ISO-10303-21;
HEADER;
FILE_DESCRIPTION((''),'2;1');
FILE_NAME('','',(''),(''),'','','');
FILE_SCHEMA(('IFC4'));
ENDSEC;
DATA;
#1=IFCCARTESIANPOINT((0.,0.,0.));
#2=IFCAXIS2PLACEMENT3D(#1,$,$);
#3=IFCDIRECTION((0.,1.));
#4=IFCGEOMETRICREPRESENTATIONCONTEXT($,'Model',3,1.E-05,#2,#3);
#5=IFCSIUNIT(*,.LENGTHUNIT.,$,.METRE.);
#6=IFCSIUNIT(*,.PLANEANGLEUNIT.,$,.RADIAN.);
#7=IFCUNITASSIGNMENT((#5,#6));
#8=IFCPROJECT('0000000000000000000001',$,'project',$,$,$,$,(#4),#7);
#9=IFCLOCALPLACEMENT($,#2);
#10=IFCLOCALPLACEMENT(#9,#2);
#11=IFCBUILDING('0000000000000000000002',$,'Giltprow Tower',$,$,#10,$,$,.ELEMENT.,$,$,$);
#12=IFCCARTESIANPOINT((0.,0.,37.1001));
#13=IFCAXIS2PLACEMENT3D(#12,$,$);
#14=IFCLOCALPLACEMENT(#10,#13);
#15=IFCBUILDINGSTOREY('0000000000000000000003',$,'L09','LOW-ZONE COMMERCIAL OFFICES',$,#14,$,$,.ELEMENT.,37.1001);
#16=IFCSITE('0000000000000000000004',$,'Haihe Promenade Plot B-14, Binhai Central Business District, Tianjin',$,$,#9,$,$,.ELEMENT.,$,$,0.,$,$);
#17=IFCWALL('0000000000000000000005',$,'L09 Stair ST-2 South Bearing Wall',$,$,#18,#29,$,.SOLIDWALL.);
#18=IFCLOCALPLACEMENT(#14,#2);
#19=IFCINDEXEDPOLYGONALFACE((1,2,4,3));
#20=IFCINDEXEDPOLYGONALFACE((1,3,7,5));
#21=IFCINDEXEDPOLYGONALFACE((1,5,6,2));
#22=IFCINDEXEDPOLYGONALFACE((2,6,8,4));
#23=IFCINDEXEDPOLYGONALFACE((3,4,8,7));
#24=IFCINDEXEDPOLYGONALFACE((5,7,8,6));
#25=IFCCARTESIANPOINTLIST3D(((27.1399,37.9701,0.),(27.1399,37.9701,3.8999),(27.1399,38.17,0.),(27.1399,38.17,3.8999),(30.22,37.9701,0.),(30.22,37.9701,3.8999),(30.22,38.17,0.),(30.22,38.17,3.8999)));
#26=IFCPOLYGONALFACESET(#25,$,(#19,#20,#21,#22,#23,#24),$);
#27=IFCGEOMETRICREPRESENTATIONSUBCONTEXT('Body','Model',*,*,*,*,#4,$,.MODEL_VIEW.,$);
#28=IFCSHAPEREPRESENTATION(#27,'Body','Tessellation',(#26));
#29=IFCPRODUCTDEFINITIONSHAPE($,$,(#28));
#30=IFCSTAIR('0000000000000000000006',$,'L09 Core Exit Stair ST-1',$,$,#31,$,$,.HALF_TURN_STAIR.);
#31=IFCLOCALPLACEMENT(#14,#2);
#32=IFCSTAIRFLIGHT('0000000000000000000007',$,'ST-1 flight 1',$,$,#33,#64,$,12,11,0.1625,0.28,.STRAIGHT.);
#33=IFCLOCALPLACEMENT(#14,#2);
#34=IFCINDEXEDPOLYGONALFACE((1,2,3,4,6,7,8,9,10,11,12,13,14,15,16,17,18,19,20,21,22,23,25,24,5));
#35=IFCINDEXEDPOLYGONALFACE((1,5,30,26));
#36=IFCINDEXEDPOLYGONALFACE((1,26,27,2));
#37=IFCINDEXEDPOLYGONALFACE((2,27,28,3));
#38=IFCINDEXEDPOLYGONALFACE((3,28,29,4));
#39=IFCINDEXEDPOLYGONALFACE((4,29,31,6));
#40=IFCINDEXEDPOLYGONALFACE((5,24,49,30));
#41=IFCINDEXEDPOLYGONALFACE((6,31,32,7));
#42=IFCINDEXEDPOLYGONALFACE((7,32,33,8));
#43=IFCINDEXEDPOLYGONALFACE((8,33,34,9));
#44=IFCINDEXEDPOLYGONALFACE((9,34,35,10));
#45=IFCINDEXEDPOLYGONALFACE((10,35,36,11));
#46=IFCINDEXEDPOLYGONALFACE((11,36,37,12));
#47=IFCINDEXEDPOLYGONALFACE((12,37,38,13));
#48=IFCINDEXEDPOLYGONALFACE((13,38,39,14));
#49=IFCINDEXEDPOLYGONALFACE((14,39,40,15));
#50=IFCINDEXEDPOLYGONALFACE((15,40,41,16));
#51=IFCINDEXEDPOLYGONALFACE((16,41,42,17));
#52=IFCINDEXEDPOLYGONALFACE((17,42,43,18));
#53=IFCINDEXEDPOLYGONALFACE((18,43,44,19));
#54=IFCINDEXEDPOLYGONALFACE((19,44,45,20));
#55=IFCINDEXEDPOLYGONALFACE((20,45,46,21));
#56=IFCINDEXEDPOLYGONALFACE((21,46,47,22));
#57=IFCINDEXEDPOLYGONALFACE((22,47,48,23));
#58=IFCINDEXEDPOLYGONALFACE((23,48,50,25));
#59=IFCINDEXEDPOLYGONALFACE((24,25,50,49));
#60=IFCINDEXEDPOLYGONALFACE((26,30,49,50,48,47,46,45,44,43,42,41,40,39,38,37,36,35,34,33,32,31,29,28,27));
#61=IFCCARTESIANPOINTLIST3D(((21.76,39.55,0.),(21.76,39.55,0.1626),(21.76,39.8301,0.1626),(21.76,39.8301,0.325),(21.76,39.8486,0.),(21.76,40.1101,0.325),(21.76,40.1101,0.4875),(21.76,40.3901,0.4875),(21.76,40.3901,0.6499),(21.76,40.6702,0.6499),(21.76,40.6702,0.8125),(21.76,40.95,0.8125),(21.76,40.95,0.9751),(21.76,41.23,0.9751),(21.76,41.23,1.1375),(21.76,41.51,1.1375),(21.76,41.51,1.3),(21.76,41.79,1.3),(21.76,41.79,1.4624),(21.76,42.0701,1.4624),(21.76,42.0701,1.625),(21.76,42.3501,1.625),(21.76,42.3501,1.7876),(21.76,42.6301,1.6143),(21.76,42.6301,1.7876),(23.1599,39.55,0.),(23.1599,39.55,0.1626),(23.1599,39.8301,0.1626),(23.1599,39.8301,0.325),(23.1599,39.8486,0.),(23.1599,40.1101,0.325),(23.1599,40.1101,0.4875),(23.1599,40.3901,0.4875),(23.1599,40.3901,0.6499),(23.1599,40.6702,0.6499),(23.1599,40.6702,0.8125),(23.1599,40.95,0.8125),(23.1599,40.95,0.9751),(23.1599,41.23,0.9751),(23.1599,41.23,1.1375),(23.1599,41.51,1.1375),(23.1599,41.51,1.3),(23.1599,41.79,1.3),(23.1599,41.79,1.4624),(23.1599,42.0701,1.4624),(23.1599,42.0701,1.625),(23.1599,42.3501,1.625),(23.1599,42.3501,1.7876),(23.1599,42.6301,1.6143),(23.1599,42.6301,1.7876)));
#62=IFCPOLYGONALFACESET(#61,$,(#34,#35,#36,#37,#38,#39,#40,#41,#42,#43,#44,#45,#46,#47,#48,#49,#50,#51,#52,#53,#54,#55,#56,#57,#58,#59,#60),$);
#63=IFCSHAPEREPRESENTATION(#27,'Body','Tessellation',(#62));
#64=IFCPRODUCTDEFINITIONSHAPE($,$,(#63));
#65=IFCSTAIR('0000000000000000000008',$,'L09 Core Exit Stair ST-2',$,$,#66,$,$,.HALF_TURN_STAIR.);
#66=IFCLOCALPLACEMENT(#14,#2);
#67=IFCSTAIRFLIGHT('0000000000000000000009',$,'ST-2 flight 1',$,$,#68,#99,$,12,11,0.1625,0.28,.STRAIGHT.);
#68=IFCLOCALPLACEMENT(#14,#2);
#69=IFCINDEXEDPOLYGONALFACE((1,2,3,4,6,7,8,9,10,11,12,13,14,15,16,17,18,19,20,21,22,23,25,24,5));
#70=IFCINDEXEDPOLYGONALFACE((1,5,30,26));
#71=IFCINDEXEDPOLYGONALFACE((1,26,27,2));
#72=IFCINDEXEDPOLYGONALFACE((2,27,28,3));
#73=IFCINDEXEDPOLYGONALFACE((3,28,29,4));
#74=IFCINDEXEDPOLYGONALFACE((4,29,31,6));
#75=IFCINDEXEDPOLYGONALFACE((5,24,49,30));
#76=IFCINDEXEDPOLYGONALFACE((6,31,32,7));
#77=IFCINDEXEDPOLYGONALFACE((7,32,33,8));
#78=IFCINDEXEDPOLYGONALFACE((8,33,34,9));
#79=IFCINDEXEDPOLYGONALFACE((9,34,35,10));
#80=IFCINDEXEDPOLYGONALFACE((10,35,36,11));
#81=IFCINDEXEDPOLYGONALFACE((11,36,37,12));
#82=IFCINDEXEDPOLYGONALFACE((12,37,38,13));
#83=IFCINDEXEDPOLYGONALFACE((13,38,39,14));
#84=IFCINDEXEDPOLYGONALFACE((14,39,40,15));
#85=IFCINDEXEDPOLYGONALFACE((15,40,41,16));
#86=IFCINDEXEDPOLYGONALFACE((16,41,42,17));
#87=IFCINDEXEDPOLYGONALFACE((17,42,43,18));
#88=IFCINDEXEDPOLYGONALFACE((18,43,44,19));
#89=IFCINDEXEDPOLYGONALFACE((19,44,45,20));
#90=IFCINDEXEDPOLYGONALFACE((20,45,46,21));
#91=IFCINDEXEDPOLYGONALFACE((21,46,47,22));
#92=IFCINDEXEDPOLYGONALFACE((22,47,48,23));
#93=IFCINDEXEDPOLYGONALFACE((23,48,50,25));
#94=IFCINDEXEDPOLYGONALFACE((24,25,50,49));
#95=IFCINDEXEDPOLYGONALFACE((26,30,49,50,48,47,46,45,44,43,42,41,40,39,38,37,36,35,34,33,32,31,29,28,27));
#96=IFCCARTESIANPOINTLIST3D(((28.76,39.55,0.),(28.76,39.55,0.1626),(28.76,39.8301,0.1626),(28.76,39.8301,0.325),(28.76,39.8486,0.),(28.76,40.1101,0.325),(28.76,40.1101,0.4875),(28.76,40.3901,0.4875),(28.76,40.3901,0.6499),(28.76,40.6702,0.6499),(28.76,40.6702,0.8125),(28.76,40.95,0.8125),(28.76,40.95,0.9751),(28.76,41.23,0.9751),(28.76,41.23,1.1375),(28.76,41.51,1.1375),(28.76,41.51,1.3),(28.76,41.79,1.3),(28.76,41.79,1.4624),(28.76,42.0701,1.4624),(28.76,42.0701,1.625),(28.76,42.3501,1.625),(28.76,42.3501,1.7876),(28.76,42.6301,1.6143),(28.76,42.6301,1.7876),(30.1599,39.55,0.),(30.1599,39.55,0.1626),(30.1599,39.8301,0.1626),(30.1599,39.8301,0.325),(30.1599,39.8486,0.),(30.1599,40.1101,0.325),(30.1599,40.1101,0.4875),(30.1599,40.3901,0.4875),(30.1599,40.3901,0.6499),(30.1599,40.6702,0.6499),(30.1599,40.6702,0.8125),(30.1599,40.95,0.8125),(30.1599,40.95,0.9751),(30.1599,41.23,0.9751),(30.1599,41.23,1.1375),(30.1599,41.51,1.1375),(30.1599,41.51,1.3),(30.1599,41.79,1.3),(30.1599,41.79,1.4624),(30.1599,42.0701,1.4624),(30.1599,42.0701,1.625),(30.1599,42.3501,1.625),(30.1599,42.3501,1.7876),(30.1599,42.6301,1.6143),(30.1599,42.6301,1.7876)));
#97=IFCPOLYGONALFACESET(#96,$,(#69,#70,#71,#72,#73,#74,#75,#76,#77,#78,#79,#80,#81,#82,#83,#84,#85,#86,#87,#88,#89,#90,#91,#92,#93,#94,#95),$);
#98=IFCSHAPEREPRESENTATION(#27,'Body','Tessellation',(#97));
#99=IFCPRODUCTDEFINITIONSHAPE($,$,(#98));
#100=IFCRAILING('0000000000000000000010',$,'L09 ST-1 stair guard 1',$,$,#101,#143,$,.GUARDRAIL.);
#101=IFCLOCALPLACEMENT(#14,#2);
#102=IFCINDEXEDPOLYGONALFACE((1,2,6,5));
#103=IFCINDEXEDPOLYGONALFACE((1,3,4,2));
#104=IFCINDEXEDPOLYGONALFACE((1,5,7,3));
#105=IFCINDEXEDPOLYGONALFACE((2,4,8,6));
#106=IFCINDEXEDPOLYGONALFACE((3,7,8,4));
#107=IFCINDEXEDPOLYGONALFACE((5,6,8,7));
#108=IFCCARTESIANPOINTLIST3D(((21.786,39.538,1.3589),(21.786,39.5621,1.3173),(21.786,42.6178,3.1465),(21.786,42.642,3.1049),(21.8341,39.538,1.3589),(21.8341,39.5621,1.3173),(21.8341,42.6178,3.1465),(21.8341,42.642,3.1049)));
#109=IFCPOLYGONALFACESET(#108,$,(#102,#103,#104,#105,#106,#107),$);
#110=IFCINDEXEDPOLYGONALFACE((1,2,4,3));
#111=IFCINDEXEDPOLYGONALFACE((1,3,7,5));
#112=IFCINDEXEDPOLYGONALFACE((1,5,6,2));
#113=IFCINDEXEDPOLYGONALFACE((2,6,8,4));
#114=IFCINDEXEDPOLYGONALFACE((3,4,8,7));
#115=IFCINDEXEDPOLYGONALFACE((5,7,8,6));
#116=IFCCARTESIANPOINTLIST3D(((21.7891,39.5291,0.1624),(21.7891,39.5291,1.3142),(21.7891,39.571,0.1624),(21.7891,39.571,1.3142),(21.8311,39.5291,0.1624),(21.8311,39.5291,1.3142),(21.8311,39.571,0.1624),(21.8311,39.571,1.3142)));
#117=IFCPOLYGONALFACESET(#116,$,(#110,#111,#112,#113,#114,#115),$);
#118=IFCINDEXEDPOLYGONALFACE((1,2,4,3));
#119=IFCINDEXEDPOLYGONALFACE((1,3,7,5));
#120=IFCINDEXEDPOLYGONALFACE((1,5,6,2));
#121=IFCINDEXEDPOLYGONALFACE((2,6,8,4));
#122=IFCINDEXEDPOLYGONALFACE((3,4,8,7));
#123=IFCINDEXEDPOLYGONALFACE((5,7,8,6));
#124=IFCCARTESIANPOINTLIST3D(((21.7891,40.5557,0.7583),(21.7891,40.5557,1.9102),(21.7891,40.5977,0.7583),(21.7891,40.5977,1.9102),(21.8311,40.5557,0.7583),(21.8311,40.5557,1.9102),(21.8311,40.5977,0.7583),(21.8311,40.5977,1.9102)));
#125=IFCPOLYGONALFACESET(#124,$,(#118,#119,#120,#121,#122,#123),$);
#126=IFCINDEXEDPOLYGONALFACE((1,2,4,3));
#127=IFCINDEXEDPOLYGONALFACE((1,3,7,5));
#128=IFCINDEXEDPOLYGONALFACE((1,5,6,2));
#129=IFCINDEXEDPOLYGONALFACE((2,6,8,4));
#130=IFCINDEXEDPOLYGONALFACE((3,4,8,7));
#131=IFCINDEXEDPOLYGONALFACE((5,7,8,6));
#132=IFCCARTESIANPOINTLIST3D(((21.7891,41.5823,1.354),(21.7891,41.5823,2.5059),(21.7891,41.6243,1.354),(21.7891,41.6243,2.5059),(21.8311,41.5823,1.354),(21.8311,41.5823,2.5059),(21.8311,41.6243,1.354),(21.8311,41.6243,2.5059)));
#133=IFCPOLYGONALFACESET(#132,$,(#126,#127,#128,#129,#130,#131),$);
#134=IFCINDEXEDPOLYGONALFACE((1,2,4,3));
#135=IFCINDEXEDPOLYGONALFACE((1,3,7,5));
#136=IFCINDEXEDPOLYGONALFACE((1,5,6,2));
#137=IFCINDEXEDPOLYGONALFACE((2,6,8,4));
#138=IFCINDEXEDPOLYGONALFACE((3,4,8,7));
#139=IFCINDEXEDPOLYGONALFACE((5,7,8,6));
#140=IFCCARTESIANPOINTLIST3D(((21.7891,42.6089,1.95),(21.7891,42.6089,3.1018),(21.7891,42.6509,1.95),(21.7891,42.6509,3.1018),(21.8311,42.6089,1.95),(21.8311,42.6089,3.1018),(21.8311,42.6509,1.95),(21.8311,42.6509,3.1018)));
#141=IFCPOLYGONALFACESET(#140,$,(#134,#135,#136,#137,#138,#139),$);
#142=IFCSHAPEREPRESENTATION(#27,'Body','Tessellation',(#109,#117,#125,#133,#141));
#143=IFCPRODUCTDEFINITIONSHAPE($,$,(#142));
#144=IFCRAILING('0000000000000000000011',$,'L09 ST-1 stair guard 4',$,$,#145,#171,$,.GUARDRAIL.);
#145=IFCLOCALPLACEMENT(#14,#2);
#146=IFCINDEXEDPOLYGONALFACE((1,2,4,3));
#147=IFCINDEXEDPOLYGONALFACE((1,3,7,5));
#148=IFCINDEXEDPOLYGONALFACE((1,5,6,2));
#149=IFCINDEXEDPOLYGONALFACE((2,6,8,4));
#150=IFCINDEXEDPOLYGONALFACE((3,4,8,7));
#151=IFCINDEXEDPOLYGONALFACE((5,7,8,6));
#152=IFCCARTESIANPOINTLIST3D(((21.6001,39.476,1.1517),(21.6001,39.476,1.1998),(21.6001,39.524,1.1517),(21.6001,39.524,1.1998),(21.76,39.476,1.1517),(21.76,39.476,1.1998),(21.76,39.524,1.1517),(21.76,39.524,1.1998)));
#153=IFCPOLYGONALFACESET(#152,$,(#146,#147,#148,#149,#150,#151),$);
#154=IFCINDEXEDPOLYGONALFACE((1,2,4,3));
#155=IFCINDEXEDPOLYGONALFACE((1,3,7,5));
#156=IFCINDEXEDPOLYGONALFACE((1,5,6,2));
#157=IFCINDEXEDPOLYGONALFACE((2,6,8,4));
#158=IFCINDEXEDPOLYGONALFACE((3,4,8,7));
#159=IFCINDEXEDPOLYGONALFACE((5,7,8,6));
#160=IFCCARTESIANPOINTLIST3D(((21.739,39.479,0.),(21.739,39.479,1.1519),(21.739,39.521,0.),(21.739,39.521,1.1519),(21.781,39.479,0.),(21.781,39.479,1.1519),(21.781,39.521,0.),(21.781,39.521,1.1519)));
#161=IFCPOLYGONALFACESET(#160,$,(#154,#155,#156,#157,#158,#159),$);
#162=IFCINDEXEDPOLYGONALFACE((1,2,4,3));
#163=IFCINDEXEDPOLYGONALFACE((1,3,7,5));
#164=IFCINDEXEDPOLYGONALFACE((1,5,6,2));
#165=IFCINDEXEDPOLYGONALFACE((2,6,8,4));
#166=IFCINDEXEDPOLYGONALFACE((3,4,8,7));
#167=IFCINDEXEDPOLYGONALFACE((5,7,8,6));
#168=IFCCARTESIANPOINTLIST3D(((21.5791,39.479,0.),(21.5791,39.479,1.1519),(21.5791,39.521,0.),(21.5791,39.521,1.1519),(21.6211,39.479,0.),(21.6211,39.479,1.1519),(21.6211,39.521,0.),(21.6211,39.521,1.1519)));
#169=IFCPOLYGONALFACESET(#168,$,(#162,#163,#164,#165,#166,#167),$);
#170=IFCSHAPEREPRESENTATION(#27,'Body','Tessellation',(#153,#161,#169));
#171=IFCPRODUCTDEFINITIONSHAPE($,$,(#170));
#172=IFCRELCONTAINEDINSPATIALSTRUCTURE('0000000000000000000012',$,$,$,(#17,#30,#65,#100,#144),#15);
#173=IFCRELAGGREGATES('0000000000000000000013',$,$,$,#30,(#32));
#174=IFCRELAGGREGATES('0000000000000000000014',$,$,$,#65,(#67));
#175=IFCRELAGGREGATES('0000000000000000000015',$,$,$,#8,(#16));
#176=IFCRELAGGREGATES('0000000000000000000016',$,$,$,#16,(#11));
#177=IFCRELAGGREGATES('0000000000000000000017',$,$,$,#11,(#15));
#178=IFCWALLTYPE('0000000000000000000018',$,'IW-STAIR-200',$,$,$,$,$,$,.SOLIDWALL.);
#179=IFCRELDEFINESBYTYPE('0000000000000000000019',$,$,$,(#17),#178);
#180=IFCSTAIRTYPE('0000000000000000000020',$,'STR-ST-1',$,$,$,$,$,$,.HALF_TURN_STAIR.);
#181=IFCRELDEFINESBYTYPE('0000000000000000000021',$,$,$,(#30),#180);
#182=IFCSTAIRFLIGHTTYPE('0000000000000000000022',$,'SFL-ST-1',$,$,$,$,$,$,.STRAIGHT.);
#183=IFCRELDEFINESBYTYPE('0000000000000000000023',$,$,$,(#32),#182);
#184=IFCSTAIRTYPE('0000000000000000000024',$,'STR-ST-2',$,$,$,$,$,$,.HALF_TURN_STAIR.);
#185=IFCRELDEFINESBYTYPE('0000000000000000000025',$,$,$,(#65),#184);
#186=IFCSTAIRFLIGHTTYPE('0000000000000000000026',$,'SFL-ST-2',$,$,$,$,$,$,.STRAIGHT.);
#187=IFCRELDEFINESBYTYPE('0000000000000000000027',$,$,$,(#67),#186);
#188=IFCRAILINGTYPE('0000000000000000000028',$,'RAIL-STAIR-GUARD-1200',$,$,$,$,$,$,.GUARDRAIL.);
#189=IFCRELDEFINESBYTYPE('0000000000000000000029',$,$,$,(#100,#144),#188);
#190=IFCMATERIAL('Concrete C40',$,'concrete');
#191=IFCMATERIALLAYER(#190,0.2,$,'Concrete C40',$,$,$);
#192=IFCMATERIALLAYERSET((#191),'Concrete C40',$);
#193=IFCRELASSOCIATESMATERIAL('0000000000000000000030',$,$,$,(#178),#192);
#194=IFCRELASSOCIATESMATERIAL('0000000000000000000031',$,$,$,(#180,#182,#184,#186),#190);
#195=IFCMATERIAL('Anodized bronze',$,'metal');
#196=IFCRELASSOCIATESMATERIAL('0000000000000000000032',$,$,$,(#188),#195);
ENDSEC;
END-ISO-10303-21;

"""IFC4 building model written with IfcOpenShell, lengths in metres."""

from ifc_helpers import new_model, si_unit, direction, frame, frame_2d, origin, origin_2d, place, context, subcontext, project, spatial, polyline, rectangle, outline, extrude, material, layer, layer_set, type_object, element, aggregate, save


model = new_model("IFC4")

# Units and contexts
model_context = context("Model", 3, precision=1e-05, world=origin(), true_north=direction((0.0, 1.0)))
body_context = subcontext(model_context, "Body", "Model", "MODEL_VIEW")
ifc_project = project(units=[si_unit("LENGTHUNIT", "METRE"), si_unit("PLANEANGLEUNIT", "RADIAN")], contexts=[model_context])

# Site, building, storey
site_placement = place(None, origin())
site = spatial("IfcSite", under=ifc_project, at=site_placement, Name="Haihe Promenade Plot B-14, Binhai Central Business District, Tianjin", CompositionType="ELEMENT", RefElevation=0.0)
building_placement = place(site_placement, origin())
building = spatial("IfcBuilding", under=site, at=building_placement, Name="Giltprow Tower", CompositionType="ELEMENT")
storey_placement = place(building_placement, frame((0.0, 0.0, 37.1001)))
storey = spatial("IfcBuildingStorey", under=building, at=storey_placement, Name="L09", Description="LOW-ZONE COMMERCIAL OFFICES", CompositionType="ELEMENT", Elevation=37.1001)

# Shared definitions
ifc_material_1 = material(Name="Concrete C40", Category="concrete")
ifc_layer_1 = layer(ifc_material_1, 0.2, Name="Concrete C40")
ifc_layer_set_1 = layer_set([ifc_layer_1], Name="Concrete C40")
wall_type_1 = type_object("IfcWallType", Name="IW-STAIR-200", PredefinedType="SOLIDWALL", material=ifc_layer_set_1)

# Wall
wall_1_placement = place(storey_placement, frame((27.1399, 38.0701, 0.0), z_axis=(0.0, 0.0, 1.0), x_axis=(1.0, 0.0, 0.0)))
element("IfcWall", 1, at=wall_1_placement, inside=storey, type_object=wall_type_1, Name="L09 Stair ST-2 South Bearing Wall", PredefinedType="SOLIDWALL", context=body_context, shape_type="SweptSolid", body=[
    extrude(rectangle(XDim=3.0801, YDim=0.2, at=frame_2d((1.54, 0.0))), origin(), (0.0, 0.0, 1.0), 3.8999),
])

# Stairs, stair flights
stair_type_1 = type_object("IfcStairType", Name="STR-ST-1", PredefinedType="HALF_TURN_STAIR", material=ifc_material_1)
stair_1_placement = place(storey_placement, origin())
stair_1 = element("IfcStair", 2, at=stair_1_placement, inside=storey, type_object=stair_type_1, Name="L09 Core Exit Stair ST-1", PredefinedType="HALF_TURN_STAIR")
stair_flight_type_1 = type_object("IfcStairFlightType", Name="SFL-ST-1", PredefinedType="STRAIGHT", material=ifc_material_1)
stair_flight_1_placement = place(storey_placement, frame((22.46, 39.55, 0.0), z_axis=(0.0, 0.0, 1.0), x_axis=(0.0, 1.0, 0.0)))
stair_flight_1 = element("IfcStairFlight", 3, at=stair_flight_1_placement, type_object=stair_flight_type_1, Name="ST-1 flight 1", NumberOfRisers=12, NumberOfTreads=11, PredefinedType="STRAIGHT", RiserHeight=0.1625, TreadLength=0.28, context=body_context, shape_type="SweptSolid", body=[
    extrude(outline(polyline([(0.0, 0.0), (0.0, 0.1626), (0.28, 0.1626), (0.28, 0.325), (0.5601, 0.325), (0.5601, 0.4875), (0.8401, 0.4875), (0.8401, 0.6499), (1.1201, 0.6499), (1.1201, 0.8125), (1.3999, 0.8125), (1.3999, 0.9751), (1.6799, 0.9751), (1.6799, 1.1375), (1.96, 1.1375), (1.96, 1.3), (2.24, 1.3), (2.24, 1.4624), (2.52, 1.4624), (2.52, 1.625), (2.8, 1.625), (2.8, 1.7876), (3.0801, 1.7876), (3.0801, 1.95), (3.0801, 1.6143), (0.2986, 0.0), (0.0, 0.0)])), frame((0.0, 0.7, 0.0), z_axis=(0.0, -1.0, 0.0), x_axis=(1.0, 0.0, 0.0)), (0.0, 0.0, 1.0), 1.3999),
])
aggregate(stair_1, [stair_flight_1])
stair_type_2 = type_object("IfcStairType", Name="STR-ST-2", PredefinedType="HALF_TURN_STAIR", material=ifc_material_1)
stair_2_placement = place(storey_placement, origin())
stair_2 = element("IfcStair", 4, at=stair_2_placement, inside=storey, type_object=stair_type_2, Name="L09 Core Exit Stair ST-2", PredefinedType="HALF_TURN_STAIR")
stair_flight_type_2 = type_object("IfcStairFlightType", Name="SFL-ST-2", PredefinedType="STRAIGHT", material=ifc_material_1)
stair_flight_2_placement = place(storey_placement, frame((29.46, 39.55, 0.0), z_axis=(0.0, 0.0, 1.0), x_axis=(0.0, 1.0, 0.0)))
stair_flight_2 = element("IfcStairFlight", 5, at=stair_flight_2_placement, type_object=stair_flight_type_2, Name="ST-2 flight 1", NumberOfRisers=12, NumberOfTreads=11, PredefinedType="STRAIGHT", RiserHeight=0.1625, TreadLength=0.28, context=body_context, shape_type="SweptSolid", body=[
    extrude(outline(polyline([(0.0, 0.0), (0.0, 0.1626), (0.28, 0.1626), (0.28, 0.325), (0.5601, 0.325), (0.5601, 0.4875), (0.8401, 0.4875), (0.8401, 0.6499), (1.1201, 0.6499), (1.1201, 0.8125), (1.3999, 0.8125), (1.3999, 0.9751), (1.6799, 0.9751), (1.6799, 1.1375), (1.96, 1.1375), (1.96, 1.3), (2.24, 1.3), (2.24, 1.4624), (2.52, 1.4624), (2.52, 1.625), (2.8, 1.625), (2.8, 1.7876), (3.0801, 1.7876), (3.0801, 1.95), (3.0801, 1.6143), (0.2986, 0.0), (0.0, 0.0)])), frame((0.0, 0.7, 0.0), z_axis=(0.0, -1.0, 0.0), x_axis=(1.0, 0.0, 0.0)), (0.0, 0.0, 1.0), 1.3999),
])
aggregate(stair_2, [stair_flight_2])

# Railings
ifc_material_2 = material(Name="Anodized bronze", Category="metal")
railing_type_1 = type_object("IfcRailingType", Name="RAIL-STAIR-GUARD-1200", PredefinedType="GUARDRAIL", material=ifc_material_2)
railing_1_placement = place(storey_placement, frame((21.8101, 39.55, 0.1624)))
element("IfcRailing", 6, at=railing_1_placement, inside=storey, type_object=railing_type_1, Name="L09 ST-1 stair guard 1", PredefinedType="GUARDRAIL", context=body_context, shape_type="SweptSolid", body=[
    extrude(rectangle(XDim=0.0481, YDim=0.0481, at=origin_2d()), frame((0.0, 0.0, 1.1758), z_axis=(0.0, 0.864873, 0.50199), x_axis=(-1.0, 0.0, 0.0)), (0.0, 0.0, 1.0), 3.561),
    extrude(rectangle(XDim=0.042, YDim=0.042, at=origin_2d()), origin(), (0.0, 0.0, 1.0), 1.1519),
    extrude(rectangle(XDim=0.042, YDim=0.042, at=origin_2d()), frame((0.0, 1.0266, 0.5959)), (0.0, 0.0, 1.0), 1.1519),
    extrude(rectangle(XDim=0.042, YDim=0.042, at=origin_2d()), frame((0.0, 2.0532, 1.1917)), (0.0, 0.0, 1.0), 1.1519),
    extrude(rectangle(XDim=0.042, YDim=0.042, at=origin_2d()), frame((0.0, 3.0798, 1.7876)), (0.0, 0.0, 1.0), 1.1519),
])
railing_2_placement = place(storey_placement, frame((21.76, 39.5, 0.0)))
element("IfcRailing", 7, at=railing_2_placement, inside=storey, type_object=railing_type_1, Name="L09 ST-1 stair guard 4", PredefinedType="GUARDRAIL", context=body_context, shape_type="SweptSolid", body=[
    extrude(rectangle(XDim=0.0481, YDim=0.0481, at=origin_2d()), frame((0.0, 0.0, 1.1758), z_axis=(-1.0, 0.0, 0.0), x_axis=(0.0, -1.0, 0.0)), (0.0, 0.0, 1.0), 0.1599),
    extrude(rectangle(XDim=0.042, YDim=0.042, at=origin_2d()), origin(), (0.0, 0.0, 1.0), 1.1519),
    extrude(rectangle(XDim=0.042, YDim=0.042, at=origin_2d()), frame((-0.1599, 0.0, 0.0)), (0.0, 0.0, 1.0), 1.1519),
])

save(model, "model.ifc")
